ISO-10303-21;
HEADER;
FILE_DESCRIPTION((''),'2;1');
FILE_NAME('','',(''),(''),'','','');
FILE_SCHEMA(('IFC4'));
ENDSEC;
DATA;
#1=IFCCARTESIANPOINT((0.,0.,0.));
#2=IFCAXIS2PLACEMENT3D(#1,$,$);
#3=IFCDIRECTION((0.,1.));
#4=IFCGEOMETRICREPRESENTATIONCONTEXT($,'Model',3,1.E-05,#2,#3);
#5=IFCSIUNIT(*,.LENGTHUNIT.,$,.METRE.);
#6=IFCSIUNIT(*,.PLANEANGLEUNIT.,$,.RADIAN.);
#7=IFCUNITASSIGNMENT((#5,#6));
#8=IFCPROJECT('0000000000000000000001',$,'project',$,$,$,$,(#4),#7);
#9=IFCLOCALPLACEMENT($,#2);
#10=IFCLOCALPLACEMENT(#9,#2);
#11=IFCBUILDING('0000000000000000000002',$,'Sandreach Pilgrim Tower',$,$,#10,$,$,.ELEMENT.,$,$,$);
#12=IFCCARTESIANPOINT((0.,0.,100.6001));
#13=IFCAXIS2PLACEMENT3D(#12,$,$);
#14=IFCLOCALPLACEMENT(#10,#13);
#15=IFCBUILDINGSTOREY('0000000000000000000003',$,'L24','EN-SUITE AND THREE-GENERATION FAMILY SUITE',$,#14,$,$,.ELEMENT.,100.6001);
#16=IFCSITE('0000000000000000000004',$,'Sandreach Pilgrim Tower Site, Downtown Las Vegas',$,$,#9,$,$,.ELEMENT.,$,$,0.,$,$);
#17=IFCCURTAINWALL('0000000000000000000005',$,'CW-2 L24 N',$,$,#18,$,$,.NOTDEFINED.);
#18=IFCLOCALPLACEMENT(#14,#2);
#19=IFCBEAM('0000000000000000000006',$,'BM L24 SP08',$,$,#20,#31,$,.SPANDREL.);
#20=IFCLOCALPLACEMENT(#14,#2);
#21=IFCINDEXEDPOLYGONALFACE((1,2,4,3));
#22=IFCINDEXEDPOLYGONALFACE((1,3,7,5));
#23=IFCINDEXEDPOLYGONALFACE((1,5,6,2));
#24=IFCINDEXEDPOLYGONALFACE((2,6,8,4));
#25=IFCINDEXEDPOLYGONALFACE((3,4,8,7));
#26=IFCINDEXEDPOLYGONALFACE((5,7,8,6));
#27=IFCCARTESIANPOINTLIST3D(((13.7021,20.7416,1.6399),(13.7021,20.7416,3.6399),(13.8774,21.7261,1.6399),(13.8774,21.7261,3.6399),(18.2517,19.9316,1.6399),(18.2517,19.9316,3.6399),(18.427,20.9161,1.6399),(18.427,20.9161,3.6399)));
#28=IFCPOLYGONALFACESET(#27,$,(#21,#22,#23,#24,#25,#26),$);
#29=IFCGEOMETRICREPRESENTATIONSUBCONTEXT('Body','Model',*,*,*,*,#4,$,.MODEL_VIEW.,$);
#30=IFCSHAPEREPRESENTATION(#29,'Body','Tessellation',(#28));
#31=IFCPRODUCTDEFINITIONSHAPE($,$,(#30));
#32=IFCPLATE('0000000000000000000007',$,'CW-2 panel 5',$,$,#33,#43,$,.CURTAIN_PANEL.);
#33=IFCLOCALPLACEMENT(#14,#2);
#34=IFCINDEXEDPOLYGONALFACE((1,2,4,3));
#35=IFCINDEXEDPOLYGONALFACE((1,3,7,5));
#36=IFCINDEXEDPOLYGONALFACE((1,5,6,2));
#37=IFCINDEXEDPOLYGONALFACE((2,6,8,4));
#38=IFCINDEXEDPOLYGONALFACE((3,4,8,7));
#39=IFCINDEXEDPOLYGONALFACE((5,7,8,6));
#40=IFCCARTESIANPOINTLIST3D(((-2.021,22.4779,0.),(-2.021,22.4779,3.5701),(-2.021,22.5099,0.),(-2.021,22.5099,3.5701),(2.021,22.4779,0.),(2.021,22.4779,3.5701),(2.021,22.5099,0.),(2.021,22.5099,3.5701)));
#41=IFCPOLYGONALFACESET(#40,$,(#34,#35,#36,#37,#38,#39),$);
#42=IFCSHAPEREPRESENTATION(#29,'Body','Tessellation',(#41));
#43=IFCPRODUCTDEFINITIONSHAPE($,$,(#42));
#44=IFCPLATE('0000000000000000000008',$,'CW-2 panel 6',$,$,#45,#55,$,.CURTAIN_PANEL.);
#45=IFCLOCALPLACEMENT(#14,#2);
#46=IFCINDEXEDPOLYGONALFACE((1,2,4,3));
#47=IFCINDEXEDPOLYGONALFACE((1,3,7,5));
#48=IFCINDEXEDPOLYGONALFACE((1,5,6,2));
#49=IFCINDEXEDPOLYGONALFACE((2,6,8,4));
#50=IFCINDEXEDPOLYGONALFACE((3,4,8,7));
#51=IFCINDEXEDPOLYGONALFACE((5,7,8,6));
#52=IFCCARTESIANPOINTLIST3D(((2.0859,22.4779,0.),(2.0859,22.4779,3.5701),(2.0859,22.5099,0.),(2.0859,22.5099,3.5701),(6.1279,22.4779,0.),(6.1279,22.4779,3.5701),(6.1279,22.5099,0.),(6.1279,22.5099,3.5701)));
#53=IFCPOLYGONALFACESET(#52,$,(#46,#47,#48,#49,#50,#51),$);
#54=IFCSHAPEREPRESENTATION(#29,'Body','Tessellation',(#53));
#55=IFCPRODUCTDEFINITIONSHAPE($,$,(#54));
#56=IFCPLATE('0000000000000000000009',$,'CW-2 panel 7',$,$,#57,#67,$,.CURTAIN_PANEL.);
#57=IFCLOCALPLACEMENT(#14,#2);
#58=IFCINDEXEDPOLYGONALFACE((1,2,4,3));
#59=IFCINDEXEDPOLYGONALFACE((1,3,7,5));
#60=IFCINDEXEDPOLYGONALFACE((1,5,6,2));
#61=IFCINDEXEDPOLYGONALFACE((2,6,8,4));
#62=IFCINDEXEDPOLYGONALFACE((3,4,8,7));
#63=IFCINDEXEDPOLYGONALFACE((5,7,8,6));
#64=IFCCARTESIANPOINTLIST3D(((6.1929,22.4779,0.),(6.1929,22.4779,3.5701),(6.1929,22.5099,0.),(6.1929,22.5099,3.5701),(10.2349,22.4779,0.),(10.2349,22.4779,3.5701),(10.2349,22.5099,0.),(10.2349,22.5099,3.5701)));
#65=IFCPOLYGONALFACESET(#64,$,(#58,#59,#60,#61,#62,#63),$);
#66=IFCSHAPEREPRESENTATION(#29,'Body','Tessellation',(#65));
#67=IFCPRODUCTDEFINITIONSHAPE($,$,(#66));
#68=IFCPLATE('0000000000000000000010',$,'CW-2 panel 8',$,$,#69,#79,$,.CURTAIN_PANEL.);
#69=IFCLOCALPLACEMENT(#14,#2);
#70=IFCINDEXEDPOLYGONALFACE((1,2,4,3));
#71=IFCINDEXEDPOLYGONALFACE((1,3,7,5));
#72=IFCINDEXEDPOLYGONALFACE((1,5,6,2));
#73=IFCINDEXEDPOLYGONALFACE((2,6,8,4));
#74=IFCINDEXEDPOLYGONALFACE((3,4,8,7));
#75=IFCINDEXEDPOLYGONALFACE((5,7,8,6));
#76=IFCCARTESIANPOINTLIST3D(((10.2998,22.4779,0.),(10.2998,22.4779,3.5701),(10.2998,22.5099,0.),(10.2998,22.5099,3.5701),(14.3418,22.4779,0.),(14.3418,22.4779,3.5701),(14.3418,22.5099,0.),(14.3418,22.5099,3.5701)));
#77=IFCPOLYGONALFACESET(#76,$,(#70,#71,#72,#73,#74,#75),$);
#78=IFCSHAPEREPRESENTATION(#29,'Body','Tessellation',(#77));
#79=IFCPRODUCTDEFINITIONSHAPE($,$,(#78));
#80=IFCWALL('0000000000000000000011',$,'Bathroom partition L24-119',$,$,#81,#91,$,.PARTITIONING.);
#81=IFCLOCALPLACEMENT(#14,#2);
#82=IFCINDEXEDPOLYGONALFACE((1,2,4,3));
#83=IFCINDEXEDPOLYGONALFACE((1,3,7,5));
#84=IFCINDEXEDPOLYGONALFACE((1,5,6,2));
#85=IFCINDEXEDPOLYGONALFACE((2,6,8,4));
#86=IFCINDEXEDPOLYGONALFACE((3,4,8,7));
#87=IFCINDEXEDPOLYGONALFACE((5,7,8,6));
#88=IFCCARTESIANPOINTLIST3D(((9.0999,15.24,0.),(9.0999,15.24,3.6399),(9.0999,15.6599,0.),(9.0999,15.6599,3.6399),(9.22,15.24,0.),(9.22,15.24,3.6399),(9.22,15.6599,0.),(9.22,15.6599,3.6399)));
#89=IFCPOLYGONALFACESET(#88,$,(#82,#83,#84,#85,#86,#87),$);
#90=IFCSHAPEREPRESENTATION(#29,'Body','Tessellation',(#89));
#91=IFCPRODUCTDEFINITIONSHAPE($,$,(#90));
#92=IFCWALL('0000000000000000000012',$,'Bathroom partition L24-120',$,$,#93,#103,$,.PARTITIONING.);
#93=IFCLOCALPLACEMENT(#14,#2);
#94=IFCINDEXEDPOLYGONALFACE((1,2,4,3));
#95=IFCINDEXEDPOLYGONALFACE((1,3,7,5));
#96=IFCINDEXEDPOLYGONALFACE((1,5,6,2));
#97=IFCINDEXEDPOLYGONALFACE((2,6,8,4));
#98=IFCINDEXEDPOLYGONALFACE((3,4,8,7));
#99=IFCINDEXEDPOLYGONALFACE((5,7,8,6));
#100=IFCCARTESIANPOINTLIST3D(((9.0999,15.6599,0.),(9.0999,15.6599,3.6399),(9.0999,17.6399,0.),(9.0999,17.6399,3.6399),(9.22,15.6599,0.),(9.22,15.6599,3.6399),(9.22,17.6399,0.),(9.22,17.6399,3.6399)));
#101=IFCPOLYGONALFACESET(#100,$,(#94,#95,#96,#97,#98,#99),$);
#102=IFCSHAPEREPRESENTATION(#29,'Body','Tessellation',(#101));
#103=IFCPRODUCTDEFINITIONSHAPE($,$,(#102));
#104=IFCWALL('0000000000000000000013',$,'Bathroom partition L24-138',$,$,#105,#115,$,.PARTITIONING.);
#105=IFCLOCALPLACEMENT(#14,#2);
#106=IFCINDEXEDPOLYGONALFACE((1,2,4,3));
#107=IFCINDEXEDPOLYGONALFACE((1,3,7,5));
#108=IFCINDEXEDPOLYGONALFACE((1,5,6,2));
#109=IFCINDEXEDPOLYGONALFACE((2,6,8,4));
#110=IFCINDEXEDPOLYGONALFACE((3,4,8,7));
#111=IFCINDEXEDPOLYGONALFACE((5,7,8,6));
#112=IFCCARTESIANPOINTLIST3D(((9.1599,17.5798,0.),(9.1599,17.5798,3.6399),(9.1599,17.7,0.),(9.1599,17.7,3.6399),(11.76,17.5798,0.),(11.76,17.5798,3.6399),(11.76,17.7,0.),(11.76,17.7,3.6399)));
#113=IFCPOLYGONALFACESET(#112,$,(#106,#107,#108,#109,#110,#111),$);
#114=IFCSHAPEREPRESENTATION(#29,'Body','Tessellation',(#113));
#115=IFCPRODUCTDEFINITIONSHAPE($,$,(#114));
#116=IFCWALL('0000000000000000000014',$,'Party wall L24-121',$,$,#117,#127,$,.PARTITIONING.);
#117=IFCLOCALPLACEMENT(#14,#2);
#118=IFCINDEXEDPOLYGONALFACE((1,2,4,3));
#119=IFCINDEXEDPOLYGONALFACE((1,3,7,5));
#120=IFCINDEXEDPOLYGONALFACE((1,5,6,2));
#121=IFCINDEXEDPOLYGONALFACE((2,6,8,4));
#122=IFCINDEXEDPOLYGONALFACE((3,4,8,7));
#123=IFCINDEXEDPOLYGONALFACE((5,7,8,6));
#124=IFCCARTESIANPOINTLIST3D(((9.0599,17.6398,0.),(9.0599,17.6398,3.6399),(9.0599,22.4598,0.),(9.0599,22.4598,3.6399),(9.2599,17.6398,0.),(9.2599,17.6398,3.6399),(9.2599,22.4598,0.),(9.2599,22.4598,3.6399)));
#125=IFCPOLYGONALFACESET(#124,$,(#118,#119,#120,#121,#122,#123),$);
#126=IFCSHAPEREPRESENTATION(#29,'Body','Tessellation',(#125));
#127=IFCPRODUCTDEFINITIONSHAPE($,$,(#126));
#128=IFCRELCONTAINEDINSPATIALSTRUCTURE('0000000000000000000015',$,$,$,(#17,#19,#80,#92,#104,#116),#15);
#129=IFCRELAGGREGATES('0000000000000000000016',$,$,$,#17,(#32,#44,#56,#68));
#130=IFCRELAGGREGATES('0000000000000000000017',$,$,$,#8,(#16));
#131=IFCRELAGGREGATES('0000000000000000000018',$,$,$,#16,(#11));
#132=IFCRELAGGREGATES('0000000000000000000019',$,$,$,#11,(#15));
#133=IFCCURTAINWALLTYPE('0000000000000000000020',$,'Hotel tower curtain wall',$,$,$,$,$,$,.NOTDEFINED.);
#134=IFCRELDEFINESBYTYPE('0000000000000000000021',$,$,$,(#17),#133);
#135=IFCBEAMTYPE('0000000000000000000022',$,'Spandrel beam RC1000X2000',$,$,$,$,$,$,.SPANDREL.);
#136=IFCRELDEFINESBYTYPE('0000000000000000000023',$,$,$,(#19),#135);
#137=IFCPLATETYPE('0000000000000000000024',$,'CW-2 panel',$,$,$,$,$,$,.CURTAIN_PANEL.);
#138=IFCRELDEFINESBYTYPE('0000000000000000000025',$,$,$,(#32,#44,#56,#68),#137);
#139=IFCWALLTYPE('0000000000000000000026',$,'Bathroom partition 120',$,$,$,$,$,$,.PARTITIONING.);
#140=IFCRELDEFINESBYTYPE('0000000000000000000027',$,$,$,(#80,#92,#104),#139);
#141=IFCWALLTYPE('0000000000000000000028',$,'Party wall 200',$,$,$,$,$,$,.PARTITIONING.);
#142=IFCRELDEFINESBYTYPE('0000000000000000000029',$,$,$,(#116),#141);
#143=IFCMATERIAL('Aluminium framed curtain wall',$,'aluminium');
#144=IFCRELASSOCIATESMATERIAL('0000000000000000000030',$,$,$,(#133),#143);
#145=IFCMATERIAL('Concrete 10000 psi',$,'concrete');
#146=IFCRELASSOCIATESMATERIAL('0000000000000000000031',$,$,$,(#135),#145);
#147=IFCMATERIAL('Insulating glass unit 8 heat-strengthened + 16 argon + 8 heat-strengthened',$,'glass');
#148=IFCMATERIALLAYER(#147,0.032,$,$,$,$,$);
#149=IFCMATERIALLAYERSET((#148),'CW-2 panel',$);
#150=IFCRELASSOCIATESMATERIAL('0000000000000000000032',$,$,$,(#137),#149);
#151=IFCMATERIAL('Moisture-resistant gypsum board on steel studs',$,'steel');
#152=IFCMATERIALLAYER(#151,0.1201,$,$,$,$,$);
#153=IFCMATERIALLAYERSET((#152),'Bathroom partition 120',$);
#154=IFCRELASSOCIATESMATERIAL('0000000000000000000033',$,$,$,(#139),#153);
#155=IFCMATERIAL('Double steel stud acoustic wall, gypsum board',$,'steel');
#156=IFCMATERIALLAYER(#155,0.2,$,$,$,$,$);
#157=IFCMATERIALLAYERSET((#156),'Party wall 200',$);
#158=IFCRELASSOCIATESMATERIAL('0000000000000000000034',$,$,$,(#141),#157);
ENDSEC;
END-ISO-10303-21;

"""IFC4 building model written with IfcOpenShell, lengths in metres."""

from ifc_helpers import new_model, si_unit, direction, frame, frame_2d, origin, origin_2d, place, context, subcontext, project, spatial, rectangle, extrude, material, layer, layer_set, material_profile, profile_set, type_object, element, aggregate, save


model = new_model("IFC4")

# Units and contexts
model_context = context("Model", 3, precision=1e-05, world=origin(), true_north=direction((0.0, 1.0)))
body_context = subcontext(model_context, "Body", "Model", "MODEL_VIEW")
ifc_project = project(units=[si_unit("LENGTHUNIT", "METRE"), si_unit("PLANEANGLEUNIT", "RADIAN")], contexts=[model_context])

# Site, building, storey
site_placement = place(None, origin())
site = spatial("IfcSite", under=ifc_project, at=site_placement, Name="Sandreach Pilgrim Tower Site, Downtown Las Vegas", CompositionType="ELEMENT", RefElevation=0.0)
building_placement = place(site_placement, origin())
building = spatial("IfcBuilding", under=site, at=building_placement, Name="Sandreach Pilgrim Tower", CompositionType="ELEMENT")
storey_placement = place(building_placement, frame((0.0, 0.0, 100.6001)))
storey = spatial("IfcBuildingStorey", under=building, at=storey_placement, Name="L24", Description="EN-SUITE AND THREE-GENERATION FAMILY SUITE", CompositionType="ELEMENT", Elevation=100.6001)

# Curtain wall
ifc_material_1 = material(Name="Aluminium framed curtain wall", Category="aluminium")
curtain_wall_type = type_object("IfcCurtainWallType", Name="Hotel tower curtain wall", PredefinedType="NOTDEFINED", material=ifc_material_1)
curtain_wall_placement = place(storey_placement, origin())
curtain_wall = element("IfcCurtainWall", 1, at=curtain_wall_placement, inside=storey, type_object=curtain_wall_type, Name="CW-2 L24 N", PredefinedType="NOTDEFINED")

# Beam
ifc_material_2 = material(Name="Concrete 10000 psi", Category="concrete")
ifc_material_profile_1 = material_profile(ifc_material_2, rectangle(XDim=1.0, YDim=2.0, at=origin_2d()), Name="RC1000X2000")
ifc_profile_set_1 = profile_set([ifc_material_profile_1], Name="Concrete 10000 psi")
beam_type_1 = type_object("IfcBeamType", Name="Spandrel beam RC1000X2000", PredefinedType="SPANDREL", material=ifc_profile_set_1)
beam_1_placement = place(storey_placement, frame((13.7898, 21.2339, 2.6399), z_axis=(0.984516, -0.175295, 0.0), x_axis=(0.175295, 0.984516, 0.0)))
element("IfcBeam", 2, at=beam_1_placement, inside=storey, type_object=beam_type_1, Name="BM L24 SP08", PredefinedType="SPANDREL", context=body_context, shape_type="SweptSolid", body=[
    extrude(rectangle(XDim=1.0, YDim=2.0, at=origin_2d()), origin(), (0.0, 0.0, 1.0), 4.6211),
])

# Plates
ifc_material_3 = material(Name="Insulating glass unit 8 heat-strengthened + 16 argon + 8 heat-strengthened", Category="glass")
ifc_layer_1 = layer(ifc_material_3, 0.032)
ifc_layer_set_1 = layer_set([ifc_layer_1], Name="CW-2 panel")
plate_type = type_object("IfcPlateType", Name="CW-2 panel", PredefinedType="CURTAIN_PANEL", material=ifc_layer_set_1)
plate_1_placement = place(storey_placement, frame((0.0, 22.4939, 0.0), z_axis=(0.0, 0.0, 1.0), x_axis=(1.0, 0.0, 0.0)))
plate_1 = element("IfcPlate", 3, at=plate_1_placement, type_object=plate_type, Name="CW-2 panel 5", PredefinedType="CURTAIN_PANEL", context=body_context, shape_type="SweptSolid", body=[
    extrude(rectangle(XDim=4.042, YDim=0.032, at=origin_2d()), origin(), (0.0, 0.0, 1.0), 3.5701),
])
plate_2_placement = place(storey_placement, frame((4.1069, 22.4939, 0.0), z_axis=(0.0, 0.0, 1.0), x_axis=(1.0, 0.0, 0.0)))
plate_2 = element("IfcPlate", 4, at=plate_2_placement, type_object=plate_type, Name="CW-2 panel 6", PredefinedType="CURTAIN_PANEL", context=body_context, shape_type="SweptSolid", body=[
    extrude(rectangle(XDim=4.042, YDim=0.032, at=origin_2d()), origin(), (0.0, 0.0, 1.0), 3.5701),
])
plate_3_placement = place(storey_placement, frame((8.2139, 22.4939, 0.0), z_axis=(0.0, 0.0, 1.0), x_axis=(1.0, 0.0, 0.0)))
plate_3 = element("IfcPlate", 5, at=plate_3_placement, type_object=plate_type, Name="CW-2 panel 7", PredefinedType="CURTAIN_PANEL", context=body_context, shape_type="SweptSolid", body=[
    extrude(rectangle(XDim=4.042, YDim=0.032, at=origin_2d()), origin(), (0.0, 0.0, 1.0), 3.5701),
])
plate_4_placement = place(storey_placement, frame((12.3208, 22.4939, 0.0), z_axis=(0.0, 0.0, 1.0), x_axis=(1.0, 0.0, 0.0)))
plate_4 = element("IfcPlate", 6, at=plate_4_placement, type_object=plate_type, Name="CW-2 panel 8", PredefinedType="CURTAIN_PANEL", context=body_context, shape_type="SweptSolid", body=[
    extrude(rectangle(XDim=4.042, YDim=0.032, at=origin_2d()), origin(), (0.0, 0.0, 1.0), 3.5701),
])
aggregate(curtain_wall, [plate_1, plate_2, plate_3, plate_4])

# Walls
ifc_material_4 = material(Name="Moisture-resistant gypsum board on steel studs", Category="steel")
ifc_layer_2 = layer(ifc_material_4, 0.1201)
ifc_layer_set_2 = layer_set([ifc_layer_2], Name="Bathroom partition 120")
wall_type_1 = type_object("IfcWallType", Name="Bathroom partition 120", PredefinedType="PARTITIONING", material=ifc_layer_set_2)
wall_1_placement = place(storey_placement, frame((9.1599, 15.6599, 0.0), z_axis=(0.0, 0.0, 1.0), x_axis=(0.0, -1.0, 0.0)))
element("IfcWall", 7, at=wall_1_placement, inside=storey, type_object=wall_type_1, Name="Bathroom partition L24-119", PredefinedType="PARTITIONING", context=body_context, shape_type="SweptSolid", body=[
    extrude(rectangle(XDim=0.4199, YDim=0.1201, at=frame_2d((0.21, 0.0))), origin(), (0.0, 0.0, 1.0), 3.6399),
])
wall_2_placement = place(storey_placement, frame((9.1599, 17.6399, 0.0), z_axis=(0.0, 0.0, 1.0), x_axis=(0.0, -1.0, 0.0)))
element("IfcWall", 8, at=wall_2_placement, inside=storey, type_object=wall_type_1, Name="Bathroom partition L24-120", PredefinedType="PARTITIONING", context=body_context, shape_type="SweptSolid", body=[
    extrude(rectangle(XDim=1.98, YDim=0.1201, at=frame_2d((0.99, 0.0))), origin(), (0.0, 0.0, 1.0), 3.6399),
])
wall_3_placement = place(storey_placement, frame((11.76, 17.6399, 0.0), z_axis=(0.0, 0.0, 1.0), x_axis=(-1.0, 0.0, 0.0)))
element("IfcWall", 9, at=wall_3_placement, inside=storey, type_object=wall_type_1, Name="Bathroom partition L24-138", PredefinedType="PARTITIONING", context=body_context, shape_type="SweptSolid", body=[
    extrude(rectangle(XDim=2.6001, YDim=0.1201, at=frame_2d((1.3, 0.0))), origin(), (0.0, 0.0, 1.0), 3.6399),
])
ifc_material_5 = material(Name="Double steel stud acoustic wall, gypsum board", Category="steel")
ifc_layer_3 = layer(ifc_material_5, 0.2)
ifc_layer_set_3 = layer_set([ifc_layer_3], Name="Party wall 200")
wall_type_2 = type_object("IfcWallType", Name="Party wall 200", PredefinedType="PARTITIONING", material=ifc_layer_set_3)
wall_4_placement = place(storey_placement, frame((9.1599, 22.46, 0.0), z_axis=(0.0, 0.0, 1.0), x_axis=(0.0, -1.0, 0.0)))
element("IfcWall", 10, at=wall_4_placement, inside=storey, type_object=wall_type_2, Name="Party wall L24-121", PredefinedType="PARTITIONING", context=body_context, shape_type="SweptSolid", body=[
    extrude(rectangle(XDim=4.8201, YDim=0.2, at=frame_2d((2.4102, 0.0))), origin(), (0.0, 0.0, 1.0), 3.6399),
])

save(model, "model.ifc")
